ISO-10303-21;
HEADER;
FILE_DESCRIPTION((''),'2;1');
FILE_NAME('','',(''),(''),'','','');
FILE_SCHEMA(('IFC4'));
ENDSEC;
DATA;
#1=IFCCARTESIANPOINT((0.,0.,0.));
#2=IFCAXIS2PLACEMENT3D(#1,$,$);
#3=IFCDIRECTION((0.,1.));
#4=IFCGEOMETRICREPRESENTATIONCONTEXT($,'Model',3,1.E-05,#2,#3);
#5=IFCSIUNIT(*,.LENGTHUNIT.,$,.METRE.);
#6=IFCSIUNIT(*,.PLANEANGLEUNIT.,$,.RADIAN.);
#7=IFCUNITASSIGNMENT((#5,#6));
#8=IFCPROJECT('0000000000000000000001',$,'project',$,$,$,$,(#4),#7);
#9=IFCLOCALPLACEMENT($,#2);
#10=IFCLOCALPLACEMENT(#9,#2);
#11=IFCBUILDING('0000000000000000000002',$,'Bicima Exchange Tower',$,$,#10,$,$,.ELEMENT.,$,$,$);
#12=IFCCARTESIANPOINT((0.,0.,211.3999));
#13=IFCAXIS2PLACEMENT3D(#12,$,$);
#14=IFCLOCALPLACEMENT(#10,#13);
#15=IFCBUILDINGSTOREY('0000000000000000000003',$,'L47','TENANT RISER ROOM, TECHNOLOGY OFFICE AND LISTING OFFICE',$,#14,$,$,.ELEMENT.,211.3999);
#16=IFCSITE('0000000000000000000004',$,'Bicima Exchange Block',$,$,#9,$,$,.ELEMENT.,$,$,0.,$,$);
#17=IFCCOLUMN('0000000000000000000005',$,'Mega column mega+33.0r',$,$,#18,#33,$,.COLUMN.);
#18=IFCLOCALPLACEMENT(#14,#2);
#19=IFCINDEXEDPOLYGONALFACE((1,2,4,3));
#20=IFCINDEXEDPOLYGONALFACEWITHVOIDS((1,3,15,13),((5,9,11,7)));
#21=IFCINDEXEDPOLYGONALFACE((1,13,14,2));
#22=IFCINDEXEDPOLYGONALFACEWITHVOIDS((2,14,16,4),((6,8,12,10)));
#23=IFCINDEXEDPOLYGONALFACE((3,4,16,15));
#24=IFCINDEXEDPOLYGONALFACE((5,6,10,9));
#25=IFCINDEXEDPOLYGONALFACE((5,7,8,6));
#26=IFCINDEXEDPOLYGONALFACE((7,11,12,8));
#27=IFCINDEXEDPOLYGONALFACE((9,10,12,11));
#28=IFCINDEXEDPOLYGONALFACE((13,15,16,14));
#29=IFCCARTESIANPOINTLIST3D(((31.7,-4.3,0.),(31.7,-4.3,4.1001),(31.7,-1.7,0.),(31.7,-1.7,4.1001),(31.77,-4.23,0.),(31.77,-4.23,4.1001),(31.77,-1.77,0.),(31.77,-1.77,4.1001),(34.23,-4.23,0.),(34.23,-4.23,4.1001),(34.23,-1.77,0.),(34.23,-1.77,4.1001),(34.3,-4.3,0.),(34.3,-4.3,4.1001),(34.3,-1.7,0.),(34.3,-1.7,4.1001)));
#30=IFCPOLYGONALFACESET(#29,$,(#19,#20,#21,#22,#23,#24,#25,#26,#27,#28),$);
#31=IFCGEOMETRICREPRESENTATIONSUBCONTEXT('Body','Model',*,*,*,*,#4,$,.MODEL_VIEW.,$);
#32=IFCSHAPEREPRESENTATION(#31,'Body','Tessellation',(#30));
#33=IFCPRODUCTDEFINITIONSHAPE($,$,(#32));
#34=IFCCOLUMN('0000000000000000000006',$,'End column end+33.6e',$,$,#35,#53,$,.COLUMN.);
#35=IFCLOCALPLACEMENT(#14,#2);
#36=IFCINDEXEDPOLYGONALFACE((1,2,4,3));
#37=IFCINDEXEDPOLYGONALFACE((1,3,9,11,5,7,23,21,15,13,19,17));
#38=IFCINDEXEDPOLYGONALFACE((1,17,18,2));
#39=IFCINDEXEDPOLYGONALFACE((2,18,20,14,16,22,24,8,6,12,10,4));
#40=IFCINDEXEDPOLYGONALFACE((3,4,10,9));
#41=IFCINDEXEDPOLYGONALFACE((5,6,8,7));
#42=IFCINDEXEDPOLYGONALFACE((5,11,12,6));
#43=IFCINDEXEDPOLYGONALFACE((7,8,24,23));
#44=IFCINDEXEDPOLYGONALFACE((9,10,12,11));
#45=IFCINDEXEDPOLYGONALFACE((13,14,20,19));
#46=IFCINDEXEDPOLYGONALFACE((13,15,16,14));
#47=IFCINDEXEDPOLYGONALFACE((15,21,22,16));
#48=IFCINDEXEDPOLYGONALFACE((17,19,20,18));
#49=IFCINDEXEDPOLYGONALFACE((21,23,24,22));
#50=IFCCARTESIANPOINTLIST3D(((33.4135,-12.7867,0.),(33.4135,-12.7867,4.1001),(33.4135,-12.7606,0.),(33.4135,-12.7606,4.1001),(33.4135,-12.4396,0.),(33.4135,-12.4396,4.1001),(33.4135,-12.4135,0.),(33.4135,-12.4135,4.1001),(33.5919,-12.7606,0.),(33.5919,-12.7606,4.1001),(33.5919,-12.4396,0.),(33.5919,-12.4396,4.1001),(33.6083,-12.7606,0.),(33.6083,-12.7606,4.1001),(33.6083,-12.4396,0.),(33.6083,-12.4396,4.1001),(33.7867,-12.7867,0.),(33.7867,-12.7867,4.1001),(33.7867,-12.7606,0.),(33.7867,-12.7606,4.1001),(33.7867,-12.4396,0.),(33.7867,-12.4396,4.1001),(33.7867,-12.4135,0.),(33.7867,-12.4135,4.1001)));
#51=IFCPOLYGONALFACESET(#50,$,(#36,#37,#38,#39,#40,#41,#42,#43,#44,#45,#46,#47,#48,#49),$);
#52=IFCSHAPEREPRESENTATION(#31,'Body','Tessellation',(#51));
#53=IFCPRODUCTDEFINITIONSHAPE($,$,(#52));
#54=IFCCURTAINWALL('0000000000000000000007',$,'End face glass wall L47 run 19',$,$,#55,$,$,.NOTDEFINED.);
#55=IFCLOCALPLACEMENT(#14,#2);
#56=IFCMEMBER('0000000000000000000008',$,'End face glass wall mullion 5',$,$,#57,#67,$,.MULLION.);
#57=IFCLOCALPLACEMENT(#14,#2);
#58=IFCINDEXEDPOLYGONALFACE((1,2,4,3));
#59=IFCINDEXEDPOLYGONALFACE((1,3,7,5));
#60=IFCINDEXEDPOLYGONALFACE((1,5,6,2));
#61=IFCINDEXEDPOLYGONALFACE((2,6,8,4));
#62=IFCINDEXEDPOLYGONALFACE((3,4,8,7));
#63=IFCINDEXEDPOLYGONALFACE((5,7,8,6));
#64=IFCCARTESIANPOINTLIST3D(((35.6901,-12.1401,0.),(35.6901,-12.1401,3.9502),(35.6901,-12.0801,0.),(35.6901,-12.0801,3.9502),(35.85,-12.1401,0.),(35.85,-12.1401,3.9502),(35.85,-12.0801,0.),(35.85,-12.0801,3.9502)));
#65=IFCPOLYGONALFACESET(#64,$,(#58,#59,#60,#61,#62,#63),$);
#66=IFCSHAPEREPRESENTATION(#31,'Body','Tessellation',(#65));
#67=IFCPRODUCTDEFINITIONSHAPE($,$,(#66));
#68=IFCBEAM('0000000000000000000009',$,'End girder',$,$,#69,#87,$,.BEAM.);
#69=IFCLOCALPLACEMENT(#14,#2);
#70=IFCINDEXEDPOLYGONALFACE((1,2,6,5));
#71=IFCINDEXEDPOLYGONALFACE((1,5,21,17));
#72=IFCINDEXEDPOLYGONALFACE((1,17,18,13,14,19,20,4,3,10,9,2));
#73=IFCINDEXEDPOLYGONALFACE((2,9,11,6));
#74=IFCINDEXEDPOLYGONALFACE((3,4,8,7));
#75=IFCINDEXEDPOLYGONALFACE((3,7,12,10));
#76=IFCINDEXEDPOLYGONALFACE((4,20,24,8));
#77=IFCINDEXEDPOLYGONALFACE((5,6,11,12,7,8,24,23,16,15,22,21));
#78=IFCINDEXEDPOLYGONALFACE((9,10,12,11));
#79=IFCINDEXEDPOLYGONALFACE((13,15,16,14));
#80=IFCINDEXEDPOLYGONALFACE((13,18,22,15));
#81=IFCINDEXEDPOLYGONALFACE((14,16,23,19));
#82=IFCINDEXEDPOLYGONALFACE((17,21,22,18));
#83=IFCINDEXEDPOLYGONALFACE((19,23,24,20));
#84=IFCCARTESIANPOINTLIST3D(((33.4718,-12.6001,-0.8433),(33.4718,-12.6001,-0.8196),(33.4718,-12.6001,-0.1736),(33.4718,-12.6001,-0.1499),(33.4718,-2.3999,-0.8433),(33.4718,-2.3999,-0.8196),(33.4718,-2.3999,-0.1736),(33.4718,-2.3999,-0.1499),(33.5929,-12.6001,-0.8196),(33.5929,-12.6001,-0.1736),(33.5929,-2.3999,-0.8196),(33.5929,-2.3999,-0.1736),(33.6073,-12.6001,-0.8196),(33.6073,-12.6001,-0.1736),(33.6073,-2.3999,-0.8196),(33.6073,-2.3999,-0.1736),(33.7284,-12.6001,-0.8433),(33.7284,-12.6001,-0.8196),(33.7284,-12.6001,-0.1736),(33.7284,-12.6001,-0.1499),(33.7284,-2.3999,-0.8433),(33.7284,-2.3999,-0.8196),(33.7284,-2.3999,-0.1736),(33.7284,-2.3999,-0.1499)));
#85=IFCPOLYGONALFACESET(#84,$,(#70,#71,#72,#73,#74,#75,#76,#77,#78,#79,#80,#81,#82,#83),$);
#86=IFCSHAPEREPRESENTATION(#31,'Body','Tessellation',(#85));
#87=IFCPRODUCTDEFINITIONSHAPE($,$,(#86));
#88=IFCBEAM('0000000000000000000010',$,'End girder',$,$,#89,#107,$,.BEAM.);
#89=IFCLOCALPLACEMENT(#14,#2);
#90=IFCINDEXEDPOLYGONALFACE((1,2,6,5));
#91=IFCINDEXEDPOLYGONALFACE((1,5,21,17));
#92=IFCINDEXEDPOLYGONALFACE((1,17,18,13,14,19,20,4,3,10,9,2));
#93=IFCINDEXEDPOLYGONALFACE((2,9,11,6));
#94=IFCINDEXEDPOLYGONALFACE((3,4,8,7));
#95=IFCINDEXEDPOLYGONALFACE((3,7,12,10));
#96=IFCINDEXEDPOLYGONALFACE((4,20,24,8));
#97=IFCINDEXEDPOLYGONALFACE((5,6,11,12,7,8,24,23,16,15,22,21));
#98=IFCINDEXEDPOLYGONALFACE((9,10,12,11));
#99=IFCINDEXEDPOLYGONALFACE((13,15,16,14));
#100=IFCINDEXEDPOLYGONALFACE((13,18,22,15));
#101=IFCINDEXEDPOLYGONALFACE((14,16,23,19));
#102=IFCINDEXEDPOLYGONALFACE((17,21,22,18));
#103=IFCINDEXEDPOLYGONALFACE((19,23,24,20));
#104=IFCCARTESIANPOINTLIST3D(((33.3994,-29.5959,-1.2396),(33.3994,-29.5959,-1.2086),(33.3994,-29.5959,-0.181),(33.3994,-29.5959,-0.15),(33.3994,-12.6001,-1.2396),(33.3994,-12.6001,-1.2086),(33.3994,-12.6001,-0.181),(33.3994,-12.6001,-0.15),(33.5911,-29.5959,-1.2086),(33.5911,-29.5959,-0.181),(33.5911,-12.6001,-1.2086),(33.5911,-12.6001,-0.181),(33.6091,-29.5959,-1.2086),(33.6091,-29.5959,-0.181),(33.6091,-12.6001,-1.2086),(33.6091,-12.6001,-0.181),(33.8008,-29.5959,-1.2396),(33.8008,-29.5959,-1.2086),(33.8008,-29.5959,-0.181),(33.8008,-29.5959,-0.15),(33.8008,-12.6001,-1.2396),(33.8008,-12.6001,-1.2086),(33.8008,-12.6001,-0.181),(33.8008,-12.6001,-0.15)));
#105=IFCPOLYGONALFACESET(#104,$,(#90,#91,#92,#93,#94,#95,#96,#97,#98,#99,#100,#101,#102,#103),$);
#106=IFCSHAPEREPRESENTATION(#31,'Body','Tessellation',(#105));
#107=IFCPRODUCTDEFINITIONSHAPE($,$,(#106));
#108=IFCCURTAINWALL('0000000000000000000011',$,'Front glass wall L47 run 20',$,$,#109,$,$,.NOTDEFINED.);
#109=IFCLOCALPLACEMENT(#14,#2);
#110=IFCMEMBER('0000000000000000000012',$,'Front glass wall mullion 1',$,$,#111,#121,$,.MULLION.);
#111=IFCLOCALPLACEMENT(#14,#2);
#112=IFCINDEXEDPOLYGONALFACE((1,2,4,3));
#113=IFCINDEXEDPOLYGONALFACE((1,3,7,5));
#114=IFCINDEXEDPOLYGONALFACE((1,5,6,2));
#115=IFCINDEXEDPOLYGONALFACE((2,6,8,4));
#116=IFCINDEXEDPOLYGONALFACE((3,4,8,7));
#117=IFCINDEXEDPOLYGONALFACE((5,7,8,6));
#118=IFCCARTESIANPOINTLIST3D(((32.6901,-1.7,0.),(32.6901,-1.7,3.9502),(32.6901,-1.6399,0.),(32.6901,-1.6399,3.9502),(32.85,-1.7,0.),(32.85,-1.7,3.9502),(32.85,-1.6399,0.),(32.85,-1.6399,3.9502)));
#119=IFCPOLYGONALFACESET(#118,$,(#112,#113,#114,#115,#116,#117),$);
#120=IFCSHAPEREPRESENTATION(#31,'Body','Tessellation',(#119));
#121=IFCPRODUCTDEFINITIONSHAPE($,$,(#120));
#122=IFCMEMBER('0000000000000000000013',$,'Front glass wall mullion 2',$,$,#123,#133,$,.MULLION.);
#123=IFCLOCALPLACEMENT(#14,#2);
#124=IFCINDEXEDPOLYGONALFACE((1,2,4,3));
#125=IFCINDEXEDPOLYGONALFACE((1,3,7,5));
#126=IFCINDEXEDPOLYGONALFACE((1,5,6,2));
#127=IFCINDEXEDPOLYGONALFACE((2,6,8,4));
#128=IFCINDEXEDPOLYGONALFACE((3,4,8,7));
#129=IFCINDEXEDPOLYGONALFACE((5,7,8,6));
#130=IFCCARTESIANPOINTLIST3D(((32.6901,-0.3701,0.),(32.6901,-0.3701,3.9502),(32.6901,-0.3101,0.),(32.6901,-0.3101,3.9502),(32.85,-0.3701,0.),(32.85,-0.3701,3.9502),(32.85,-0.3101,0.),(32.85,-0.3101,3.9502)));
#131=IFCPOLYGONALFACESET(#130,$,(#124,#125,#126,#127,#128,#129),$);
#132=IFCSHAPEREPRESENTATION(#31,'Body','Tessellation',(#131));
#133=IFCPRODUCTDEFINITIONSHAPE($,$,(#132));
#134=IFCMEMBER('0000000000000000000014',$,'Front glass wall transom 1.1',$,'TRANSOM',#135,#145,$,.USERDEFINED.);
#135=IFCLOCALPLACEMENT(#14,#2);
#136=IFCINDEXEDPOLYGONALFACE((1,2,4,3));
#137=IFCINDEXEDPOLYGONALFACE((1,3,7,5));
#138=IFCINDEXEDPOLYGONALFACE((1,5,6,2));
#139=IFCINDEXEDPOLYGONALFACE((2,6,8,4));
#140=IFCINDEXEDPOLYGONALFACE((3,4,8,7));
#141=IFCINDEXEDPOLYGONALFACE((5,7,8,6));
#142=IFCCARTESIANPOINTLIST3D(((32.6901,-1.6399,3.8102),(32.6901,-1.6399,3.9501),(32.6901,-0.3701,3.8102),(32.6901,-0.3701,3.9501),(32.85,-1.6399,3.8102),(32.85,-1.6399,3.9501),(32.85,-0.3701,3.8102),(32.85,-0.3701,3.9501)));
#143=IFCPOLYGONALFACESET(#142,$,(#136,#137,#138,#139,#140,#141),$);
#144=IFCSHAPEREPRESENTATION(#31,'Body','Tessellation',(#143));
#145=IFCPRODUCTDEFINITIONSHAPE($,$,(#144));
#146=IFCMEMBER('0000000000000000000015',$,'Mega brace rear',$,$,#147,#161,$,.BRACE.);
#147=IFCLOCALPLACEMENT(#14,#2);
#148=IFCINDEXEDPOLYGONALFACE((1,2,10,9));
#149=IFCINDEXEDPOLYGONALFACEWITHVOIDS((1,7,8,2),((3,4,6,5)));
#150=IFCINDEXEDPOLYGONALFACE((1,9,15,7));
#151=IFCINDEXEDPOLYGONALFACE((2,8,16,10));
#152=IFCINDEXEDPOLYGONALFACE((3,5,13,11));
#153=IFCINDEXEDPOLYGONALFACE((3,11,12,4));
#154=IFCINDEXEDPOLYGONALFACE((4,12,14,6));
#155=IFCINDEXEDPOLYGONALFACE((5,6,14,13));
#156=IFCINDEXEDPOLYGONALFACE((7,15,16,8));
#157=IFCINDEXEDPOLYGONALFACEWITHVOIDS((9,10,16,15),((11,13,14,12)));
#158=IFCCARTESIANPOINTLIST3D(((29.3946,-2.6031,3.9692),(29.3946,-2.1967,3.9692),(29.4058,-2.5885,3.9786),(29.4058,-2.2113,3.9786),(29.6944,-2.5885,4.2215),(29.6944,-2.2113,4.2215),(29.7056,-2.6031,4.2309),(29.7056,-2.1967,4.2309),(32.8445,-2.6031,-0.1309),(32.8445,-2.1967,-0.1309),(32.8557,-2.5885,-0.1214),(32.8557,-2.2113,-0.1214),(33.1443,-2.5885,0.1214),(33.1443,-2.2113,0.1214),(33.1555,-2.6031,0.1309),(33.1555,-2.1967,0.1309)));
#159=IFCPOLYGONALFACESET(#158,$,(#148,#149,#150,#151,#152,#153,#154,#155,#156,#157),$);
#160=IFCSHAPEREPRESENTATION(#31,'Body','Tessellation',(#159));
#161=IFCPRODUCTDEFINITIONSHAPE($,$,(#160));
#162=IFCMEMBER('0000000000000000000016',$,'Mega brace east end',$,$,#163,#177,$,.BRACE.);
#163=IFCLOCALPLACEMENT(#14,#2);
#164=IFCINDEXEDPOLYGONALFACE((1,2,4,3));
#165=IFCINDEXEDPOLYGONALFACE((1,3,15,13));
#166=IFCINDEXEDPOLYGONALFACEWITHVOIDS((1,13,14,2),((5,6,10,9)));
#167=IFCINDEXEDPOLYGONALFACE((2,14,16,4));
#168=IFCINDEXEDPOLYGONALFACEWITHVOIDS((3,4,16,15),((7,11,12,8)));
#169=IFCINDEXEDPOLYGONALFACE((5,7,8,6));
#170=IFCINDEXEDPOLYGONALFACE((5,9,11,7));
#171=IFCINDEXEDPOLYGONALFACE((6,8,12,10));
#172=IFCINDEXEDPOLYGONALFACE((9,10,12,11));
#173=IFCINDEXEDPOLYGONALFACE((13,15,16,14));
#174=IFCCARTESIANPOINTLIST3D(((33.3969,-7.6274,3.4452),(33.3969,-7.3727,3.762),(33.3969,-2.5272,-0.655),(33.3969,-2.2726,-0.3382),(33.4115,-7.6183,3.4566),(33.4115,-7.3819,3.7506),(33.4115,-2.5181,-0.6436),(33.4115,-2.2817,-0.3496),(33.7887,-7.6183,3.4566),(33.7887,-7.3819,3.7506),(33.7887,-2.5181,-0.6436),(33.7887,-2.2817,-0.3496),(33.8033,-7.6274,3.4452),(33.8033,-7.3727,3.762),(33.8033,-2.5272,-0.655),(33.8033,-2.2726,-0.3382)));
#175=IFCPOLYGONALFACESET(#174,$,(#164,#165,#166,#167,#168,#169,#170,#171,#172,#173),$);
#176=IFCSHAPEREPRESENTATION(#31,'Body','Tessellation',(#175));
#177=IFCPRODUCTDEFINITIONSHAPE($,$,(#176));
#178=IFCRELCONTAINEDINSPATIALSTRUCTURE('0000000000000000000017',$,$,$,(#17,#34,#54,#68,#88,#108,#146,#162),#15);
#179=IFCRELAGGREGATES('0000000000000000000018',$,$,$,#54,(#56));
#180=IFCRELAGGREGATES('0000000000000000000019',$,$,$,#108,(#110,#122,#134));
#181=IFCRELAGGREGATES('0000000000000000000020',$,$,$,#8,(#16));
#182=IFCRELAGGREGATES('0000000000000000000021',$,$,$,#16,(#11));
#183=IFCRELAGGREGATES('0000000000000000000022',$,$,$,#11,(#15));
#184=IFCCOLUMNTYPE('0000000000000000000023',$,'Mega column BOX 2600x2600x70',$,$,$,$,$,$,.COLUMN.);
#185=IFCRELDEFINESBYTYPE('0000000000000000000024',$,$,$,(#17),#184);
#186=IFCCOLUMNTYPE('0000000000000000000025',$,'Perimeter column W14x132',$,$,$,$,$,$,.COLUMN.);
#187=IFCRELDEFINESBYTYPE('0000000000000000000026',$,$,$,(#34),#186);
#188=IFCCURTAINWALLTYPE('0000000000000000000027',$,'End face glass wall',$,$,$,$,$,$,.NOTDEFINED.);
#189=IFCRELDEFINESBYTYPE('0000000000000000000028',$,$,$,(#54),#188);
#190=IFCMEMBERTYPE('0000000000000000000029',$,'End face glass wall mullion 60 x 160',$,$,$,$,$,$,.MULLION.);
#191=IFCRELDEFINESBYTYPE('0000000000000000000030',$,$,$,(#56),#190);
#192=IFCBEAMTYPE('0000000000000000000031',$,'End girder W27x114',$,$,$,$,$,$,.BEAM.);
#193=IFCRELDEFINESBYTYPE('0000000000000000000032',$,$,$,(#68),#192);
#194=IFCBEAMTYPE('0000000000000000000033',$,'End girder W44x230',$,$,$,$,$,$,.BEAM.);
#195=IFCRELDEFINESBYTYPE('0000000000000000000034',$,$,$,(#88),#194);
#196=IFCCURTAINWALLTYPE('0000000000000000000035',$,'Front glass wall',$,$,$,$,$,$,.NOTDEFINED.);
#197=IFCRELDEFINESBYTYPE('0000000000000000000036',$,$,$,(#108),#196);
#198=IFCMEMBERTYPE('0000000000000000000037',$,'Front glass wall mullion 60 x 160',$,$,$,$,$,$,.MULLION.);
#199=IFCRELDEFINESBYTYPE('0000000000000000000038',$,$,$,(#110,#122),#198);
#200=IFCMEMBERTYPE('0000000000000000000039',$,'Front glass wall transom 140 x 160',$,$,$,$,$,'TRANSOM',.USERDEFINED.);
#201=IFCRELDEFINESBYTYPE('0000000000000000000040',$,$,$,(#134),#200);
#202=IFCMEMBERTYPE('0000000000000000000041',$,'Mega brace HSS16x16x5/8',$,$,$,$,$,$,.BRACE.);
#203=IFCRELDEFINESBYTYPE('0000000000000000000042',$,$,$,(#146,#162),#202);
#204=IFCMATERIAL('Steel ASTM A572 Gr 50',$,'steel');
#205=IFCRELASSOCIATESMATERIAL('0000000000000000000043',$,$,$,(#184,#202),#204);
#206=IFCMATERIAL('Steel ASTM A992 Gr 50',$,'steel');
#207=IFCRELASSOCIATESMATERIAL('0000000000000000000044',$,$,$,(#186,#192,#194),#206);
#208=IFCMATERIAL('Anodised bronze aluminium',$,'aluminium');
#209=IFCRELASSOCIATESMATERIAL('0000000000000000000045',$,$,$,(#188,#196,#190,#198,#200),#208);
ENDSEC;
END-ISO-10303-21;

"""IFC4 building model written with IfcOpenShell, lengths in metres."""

from ifc_helpers import new_model, si_unit, direction, frame, origin, origin_2d, place, context, subcontext, project, spatial, rectangle, hollow_rectangle, i_section, extrude, material, material_profile, profile_set, type_object, element, aggregate, save


model = new_model("IFC4")

# Units and contexts
model_context = context("Model", 3, precision=1e-05, world=origin(), true_north=direction((0.0, 1.0)))
body_context = subcontext(model_context, "Body", "Model", "MODEL_VIEW")
ifc_project = project(units=[si_unit("LENGTHUNIT", "METRE"), si_unit("PLANEANGLEUNIT", "RADIAN")], contexts=[model_context])

# Site, building, storey
site_placement = place(None, origin())
site = spatial("IfcSite", under=ifc_project, at=site_placement, Name="Bicima Exchange Block", CompositionType="ELEMENT", RefElevation=0.0)
building_placement = place(site_placement, origin())
building = spatial("IfcBuilding", under=site, at=building_placement, Name="Bicima Exchange Tower", CompositionType="ELEMENT")
storey_placement = place(building_placement, frame((0.0, 0.0, 211.3999)))
storey = spatial("IfcBuildingStorey", under=building, at=storey_placement, Name="L47", Description="TENANT RISER ROOM, TECHNOLOGY OFFICE AND LISTING OFFICE", CompositionType="ELEMENT", Elevation=211.3999)

# Columns
ifc_material_1 = material(Name="Steel ASTM A572 Gr 50", Category="steel")
ifc_material_profile_1 = material_profile(ifc_material_1, hollow_rectangle(XDim=2.6001, YDim=2.6001, WallThickness=0.0701, at=origin_2d()))
ifc_profile_set_1 = profile_set([ifc_material_profile_1], Name="Steel ASTM A572 Gr 50")
column_type_1 = type_object("IfcColumnType", Name="Mega column BOX 2600x2600x70", PredefinedType="COLUMN", material=ifc_profile_set_1)
column_1_placement = place(storey_placement, frame((33.0, -3.0, 0.0), z_axis=(0.0, 0.0, 1.0), x_axis=(1.0, 0.0, 0.0)))
element("IfcColumn", 1, at=column_1_placement, inside=storey, type_object=column_type_1, Name="Mega column mega+33.0r", PredefinedType="COLUMN", context=body_context, shape_type="SweptSolid", body=[
    extrude(hollow_rectangle(XDim=2.6001, YDim=2.6001, WallThickness=0.0701, at=origin_2d()), origin(), (0.0, 0.0, 1.0), 4.1001),
])
ifc_material_2 = material(Name="Steel ASTM A992 Gr 50", Category="steel")
ifc_material_profile_2 = material_profile(ifc_material_2, i_section(OverallWidth=0.3733, OverallDepth=0.3733, WebThickness=0.0164, FlangeThickness=0.0261, at=origin_2d()))
ifc_profile_set_2 = profile_set([ifc_material_profile_2], Name="Steel ASTM A992 Gr 50")
column_type_2 = type_object("IfcColumnType", Name="Perimeter column W14x132", PredefinedType="COLUMN", material=ifc_profile_set_2)
column_2_placement = place(storey_placement, frame((33.6001, -12.6001, 0.0), z_axis=(0.0, 0.0, 1.0), x_axis=(1.0, 0.0, 0.0)))
element("IfcColumn", 2, at=column_2_placement, inside=storey, type_object=column_type_2, Name="End column end+33.6e", PredefinedType="COLUMN", context=body_context, shape_type="SweptSolid", body=[
    extrude(i_section(OverallWidth=0.3733, OverallDepth=0.3733, WebThickness=0.0164, FlangeThickness=0.0261, at=origin_2d()), origin(), (0.0, 0.0, 1.0), 4.1001),
])

# Curtain wall, member
ifc_material_3 = material(Name="Anodised bronze aluminium", Category="aluminium")
curtain_wall_type_1 = type_object("IfcCurtainWallType", Name="End face glass wall", PredefinedType="NOTDEFINED", material=ifc_material_3)
curtain_wall_1_placement = place(storey_placement, origin())
curtain_wall_1 = element("IfcCurtainWall", 3, at=curtain_wall_1_placement, inside=storey, type_object=curtain_wall_type_1, Name="End face glass wall L47 run 19", PredefinedType="NOTDEFINED")
ifc_material_profile_3 = material_profile(ifc_material_3, rectangle(XDim=0.1599, YDim=0.0601, at=origin_2d()))
ifc_profile_set_3 = profile_set([ifc_material_profile_3], Name="Anodised bronze aluminium")
member_type_1 = type_object("IfcMemberType", Name="End face glass wall mullion 60 x 160", PredefinedType="MULLION", material=ifc_profile_set_3)
member_1_placement = place(storey_placement, frame((35.77, -12.1101, 0.0), z_axis=(0.0, 0.0, 1.0), x_axis=(-1.0, 0.0, 0.0)))
member_1 = element("IfcMember", 4, at=member_1_placement, type_object=member_type_1, Name="End face glass wall mullion 5", PredefinedType="MULLION", context=body_context, shape_type="SweptSolid", body=[
    extrude(rectangle(XDim=0.1599, YDim=0.0601, at=origin_2d()), origin(), (0.0, 0.0, 1.0), 3.9502),
])
aggregate(curtain_wall_1, [member_1])

# Beams
ifc_material_profile_4 = material_profile(ifc_material_2, i_section(OverallWidth=0.2566, OverallDepth=0.6934, WebThickness=0.0144, FlangeThickness=0.0237, at=origin_2d()))
ifc_profile_set_4 = profile_set([ifc_material_profile_4], Name="Steel ASTM A992 Gr 50")
beam_type_1 = type_object("IfcBeamType", Name="End girder W27x114", PredefinedType="BEAM", material=ifc_profile_set_4)
beam_1_placement = place(storey_placement, frame((33.6001, -2.3999, -0.4966), z_axis=(0.0, -1.0, 0.0), x_axis=(1.0, 0.0, 0.0)))
element("IfcBeam", 5, at=beam_1_placement, inside=storey, type_object=beam_type_1, Name="End girder", PredefinedType="BEAM", context=body_context, shape_type="SweptSolid", body=[
    extrude(i_section(OverallWidth=0.2566, OverallDepth=0.6934, WebThickness=0.0144, FlangeThickness=0.0237, at=origin_2d()), origin(), (0.0, 0.0, 1.0), 10.2002),
])
ifc_material_profile_5 = material_profile(ifc_material_2, i_section(OverallWidth=0.4014, OverallDepth=1.0896, WebThickness=0.0181, FlangeThickness=0.031, at=origin_2d()))
ifc_profile_set_5 = profile_set([ifc_material_profile_5], Name="Steel ASTM A992 Gr 50")
beam_type_2 = type_object("IfcBeamType", Name="End girder W44x230", PredefinedType="BEAM", material=ifc_profile_set_5)
beam_2_placement = place(storey_placement, frame((33.6001, -12.6001, -0.6948), z_axis=(0.0, -1.0, 0.0), x_axis=(1.0, 0.0, 0.0)))
element("IfcBeam", 6, at=beam_2_placement, inside=storey, type_object=beam_type_2, Name="End girder", PredefinedType="BEAM", context=body_context, shape_type="SweptSolid", body=[
    extrude(i_section(OverallWidth=0.4014, OverallDepth=1.0896, WebThickness=0.0181, FlangeThickness=0.031, at=origin_2d()), origin(), (0.0, 0.0, 1.0), 16.9958),
])

# Curtain wall, members
curtain_wall_type_2 = type_object("IfcCurtainWallType", Name="Front glass wall", PredefinedType="NOTDEFINED", material=ifc_material_3)
curtain_wall_2_placement = place(storey_placement, origin())
curtain_wall_2 = element("IfcCurtainWall", 7, at=curtain_wall_2_placement, inside=storey, type_object=curtain_wall_type_2, Name="Front glass wall L47 run 20", PredefinedType="NOTDEFINED")
member_type_2 = type_object("IfcMemberType", Name="Front glass wall mullion 60 x 160", PredefinedType="MULLION", material=ifc_profile_set_3)
member_2_placement = place(storey_placement, frame((32.77, -1.6699, 0.0), z_axis=(0.0, 0.0, 1.0), x_axis=(-1.0, 0.0, 0.0)))
member_2 = element("IfcMember", 8, at=member_2_placement, type_object=member_type_2, Name="Front glass wall mullion 1", PredefinedType="MULLION", context=body_context, shape_type="SweptSolid", body=[
    extrude(rectangle(XDim=0.1599, YDim=0.0601, at=origin_2d()), origin(), (0.0, 0.0, 1.0), 3.9502),
])
member_3_placement = place(storey_placement, frame((32.77, -0.3401, 0.0), z_axis=(0.0, 0.0, 1.0), x_axis=(-1.0, 0.0, 0.0)))
member_3 = element("IfcMember", 9, at=member_3_placement, type_object=member_type_2, Name="Front glass wall mullion 2", PredefinedType="MULLION", context=body_context, shape_type="SweptSolid", body=[
    extrude(rectangle(XDim=0.1599, YDim=0.0601, at=origin_2d()), origin(), (0.0, 0.0, 1.0), 3.9502),
])
ifc_material_profile_6 = material_profile(ifc_material_3, rectangle(XDim=0.1599, YDim=0.1399, at=origin_2d()))
ifc_profile_set_6 = profile_set([ifc_material_profile_6], Name="Anodised bronze aluminium")
member_type_3 = type_object("IfcMemberType", Name="Front glass wall transom 140 x 160", ElementType="TRANSOM", PredefinedType="USERDEFINED", material=ifc_profile_set_6)
member_4_placement = place(storey_placement, frame((32.77, -1.6399, 3.8801), z_axis=(0.0, 1.0, 0.0), x_axis=(-1.0, 0.0, 0.0)))
member_4 = element("IfcMember", 10, at=member_4_placement, type_object=member_type_3, Name="Front glass wall transom 1.1", ObjectType="TRANSOM", PredefinedType="USERDEFINED", context=body_context, shape_type="SweptSolid", body=[
    extrude(rectangle(XDim=0.1599, YDim=0.1399, at=origin_2d()), origin(), (0.0, 0.0, 1.0), 1.2698),
])

# Members
ifc_material_profile_7 = material_profile(ifc_material_1, hollow_rectangle(XDim=0.4065, YDim=0.4065, WallThickness=0.0146, at=origin_2d()))
ifc_profile_set_7 = profile_set([ifc_material_profile_7], Name="Steel ASTM A572 Gr 50")
member_type_4 = type_object("IfcMemberType", Name="Mega brace HSS16x16x5/8", PredefinedType="BRACE", material=ifc_profile_set_7)
member_5_placement = place(storey_placement, frame((33.0, -2.3999, 0.0), z_axis=(-0.643834, 0.0, 0.765165), x_axis=(0.0, -1.0, 0.0)))
element("IfcMember", 11, at=member_5_placement, inside=storey, type_object=member_type_4, Name="Mega brace rear", PredefinedType="BRACE", context=body_context, shape_type="SweptSolid", body=[
    extrude(hollow_rectangle(XDim=0.4065, YDim=0.4065, WallThickness=0.0146, at=origin_2d()), origin(), (0.0, 0.0, 1.0), 5.3584),
])
for number, where, z_axis, x_axis, name in (
    (12, (33.6001, -2.3999, -0.4966), (0.0, -0.779374, 0.626559), (1.0, 0.0, 0.0), "Mega brace east end"),
):
    element("IfcMember", number, at=place(storey_placement, frame(where, z_axis=z_axis, x_axis=x_axis)), inside=storey, type_object=member_type_4, Name=name, PredefinedType="BRACE", context=body_context, shape_type="SweptSolid", body=[
        extrude(hollow_rectangle(XDim=0.4065, YDim=0.4065, WallThickness=0.0146, at=origin_2d()), origin(), (0.0, 0.0, 1.0), 6.5439),
    ])

aggregate(curtain_wall_2, [member_2, member_3, member_4])

save(model, "model.ifc")
